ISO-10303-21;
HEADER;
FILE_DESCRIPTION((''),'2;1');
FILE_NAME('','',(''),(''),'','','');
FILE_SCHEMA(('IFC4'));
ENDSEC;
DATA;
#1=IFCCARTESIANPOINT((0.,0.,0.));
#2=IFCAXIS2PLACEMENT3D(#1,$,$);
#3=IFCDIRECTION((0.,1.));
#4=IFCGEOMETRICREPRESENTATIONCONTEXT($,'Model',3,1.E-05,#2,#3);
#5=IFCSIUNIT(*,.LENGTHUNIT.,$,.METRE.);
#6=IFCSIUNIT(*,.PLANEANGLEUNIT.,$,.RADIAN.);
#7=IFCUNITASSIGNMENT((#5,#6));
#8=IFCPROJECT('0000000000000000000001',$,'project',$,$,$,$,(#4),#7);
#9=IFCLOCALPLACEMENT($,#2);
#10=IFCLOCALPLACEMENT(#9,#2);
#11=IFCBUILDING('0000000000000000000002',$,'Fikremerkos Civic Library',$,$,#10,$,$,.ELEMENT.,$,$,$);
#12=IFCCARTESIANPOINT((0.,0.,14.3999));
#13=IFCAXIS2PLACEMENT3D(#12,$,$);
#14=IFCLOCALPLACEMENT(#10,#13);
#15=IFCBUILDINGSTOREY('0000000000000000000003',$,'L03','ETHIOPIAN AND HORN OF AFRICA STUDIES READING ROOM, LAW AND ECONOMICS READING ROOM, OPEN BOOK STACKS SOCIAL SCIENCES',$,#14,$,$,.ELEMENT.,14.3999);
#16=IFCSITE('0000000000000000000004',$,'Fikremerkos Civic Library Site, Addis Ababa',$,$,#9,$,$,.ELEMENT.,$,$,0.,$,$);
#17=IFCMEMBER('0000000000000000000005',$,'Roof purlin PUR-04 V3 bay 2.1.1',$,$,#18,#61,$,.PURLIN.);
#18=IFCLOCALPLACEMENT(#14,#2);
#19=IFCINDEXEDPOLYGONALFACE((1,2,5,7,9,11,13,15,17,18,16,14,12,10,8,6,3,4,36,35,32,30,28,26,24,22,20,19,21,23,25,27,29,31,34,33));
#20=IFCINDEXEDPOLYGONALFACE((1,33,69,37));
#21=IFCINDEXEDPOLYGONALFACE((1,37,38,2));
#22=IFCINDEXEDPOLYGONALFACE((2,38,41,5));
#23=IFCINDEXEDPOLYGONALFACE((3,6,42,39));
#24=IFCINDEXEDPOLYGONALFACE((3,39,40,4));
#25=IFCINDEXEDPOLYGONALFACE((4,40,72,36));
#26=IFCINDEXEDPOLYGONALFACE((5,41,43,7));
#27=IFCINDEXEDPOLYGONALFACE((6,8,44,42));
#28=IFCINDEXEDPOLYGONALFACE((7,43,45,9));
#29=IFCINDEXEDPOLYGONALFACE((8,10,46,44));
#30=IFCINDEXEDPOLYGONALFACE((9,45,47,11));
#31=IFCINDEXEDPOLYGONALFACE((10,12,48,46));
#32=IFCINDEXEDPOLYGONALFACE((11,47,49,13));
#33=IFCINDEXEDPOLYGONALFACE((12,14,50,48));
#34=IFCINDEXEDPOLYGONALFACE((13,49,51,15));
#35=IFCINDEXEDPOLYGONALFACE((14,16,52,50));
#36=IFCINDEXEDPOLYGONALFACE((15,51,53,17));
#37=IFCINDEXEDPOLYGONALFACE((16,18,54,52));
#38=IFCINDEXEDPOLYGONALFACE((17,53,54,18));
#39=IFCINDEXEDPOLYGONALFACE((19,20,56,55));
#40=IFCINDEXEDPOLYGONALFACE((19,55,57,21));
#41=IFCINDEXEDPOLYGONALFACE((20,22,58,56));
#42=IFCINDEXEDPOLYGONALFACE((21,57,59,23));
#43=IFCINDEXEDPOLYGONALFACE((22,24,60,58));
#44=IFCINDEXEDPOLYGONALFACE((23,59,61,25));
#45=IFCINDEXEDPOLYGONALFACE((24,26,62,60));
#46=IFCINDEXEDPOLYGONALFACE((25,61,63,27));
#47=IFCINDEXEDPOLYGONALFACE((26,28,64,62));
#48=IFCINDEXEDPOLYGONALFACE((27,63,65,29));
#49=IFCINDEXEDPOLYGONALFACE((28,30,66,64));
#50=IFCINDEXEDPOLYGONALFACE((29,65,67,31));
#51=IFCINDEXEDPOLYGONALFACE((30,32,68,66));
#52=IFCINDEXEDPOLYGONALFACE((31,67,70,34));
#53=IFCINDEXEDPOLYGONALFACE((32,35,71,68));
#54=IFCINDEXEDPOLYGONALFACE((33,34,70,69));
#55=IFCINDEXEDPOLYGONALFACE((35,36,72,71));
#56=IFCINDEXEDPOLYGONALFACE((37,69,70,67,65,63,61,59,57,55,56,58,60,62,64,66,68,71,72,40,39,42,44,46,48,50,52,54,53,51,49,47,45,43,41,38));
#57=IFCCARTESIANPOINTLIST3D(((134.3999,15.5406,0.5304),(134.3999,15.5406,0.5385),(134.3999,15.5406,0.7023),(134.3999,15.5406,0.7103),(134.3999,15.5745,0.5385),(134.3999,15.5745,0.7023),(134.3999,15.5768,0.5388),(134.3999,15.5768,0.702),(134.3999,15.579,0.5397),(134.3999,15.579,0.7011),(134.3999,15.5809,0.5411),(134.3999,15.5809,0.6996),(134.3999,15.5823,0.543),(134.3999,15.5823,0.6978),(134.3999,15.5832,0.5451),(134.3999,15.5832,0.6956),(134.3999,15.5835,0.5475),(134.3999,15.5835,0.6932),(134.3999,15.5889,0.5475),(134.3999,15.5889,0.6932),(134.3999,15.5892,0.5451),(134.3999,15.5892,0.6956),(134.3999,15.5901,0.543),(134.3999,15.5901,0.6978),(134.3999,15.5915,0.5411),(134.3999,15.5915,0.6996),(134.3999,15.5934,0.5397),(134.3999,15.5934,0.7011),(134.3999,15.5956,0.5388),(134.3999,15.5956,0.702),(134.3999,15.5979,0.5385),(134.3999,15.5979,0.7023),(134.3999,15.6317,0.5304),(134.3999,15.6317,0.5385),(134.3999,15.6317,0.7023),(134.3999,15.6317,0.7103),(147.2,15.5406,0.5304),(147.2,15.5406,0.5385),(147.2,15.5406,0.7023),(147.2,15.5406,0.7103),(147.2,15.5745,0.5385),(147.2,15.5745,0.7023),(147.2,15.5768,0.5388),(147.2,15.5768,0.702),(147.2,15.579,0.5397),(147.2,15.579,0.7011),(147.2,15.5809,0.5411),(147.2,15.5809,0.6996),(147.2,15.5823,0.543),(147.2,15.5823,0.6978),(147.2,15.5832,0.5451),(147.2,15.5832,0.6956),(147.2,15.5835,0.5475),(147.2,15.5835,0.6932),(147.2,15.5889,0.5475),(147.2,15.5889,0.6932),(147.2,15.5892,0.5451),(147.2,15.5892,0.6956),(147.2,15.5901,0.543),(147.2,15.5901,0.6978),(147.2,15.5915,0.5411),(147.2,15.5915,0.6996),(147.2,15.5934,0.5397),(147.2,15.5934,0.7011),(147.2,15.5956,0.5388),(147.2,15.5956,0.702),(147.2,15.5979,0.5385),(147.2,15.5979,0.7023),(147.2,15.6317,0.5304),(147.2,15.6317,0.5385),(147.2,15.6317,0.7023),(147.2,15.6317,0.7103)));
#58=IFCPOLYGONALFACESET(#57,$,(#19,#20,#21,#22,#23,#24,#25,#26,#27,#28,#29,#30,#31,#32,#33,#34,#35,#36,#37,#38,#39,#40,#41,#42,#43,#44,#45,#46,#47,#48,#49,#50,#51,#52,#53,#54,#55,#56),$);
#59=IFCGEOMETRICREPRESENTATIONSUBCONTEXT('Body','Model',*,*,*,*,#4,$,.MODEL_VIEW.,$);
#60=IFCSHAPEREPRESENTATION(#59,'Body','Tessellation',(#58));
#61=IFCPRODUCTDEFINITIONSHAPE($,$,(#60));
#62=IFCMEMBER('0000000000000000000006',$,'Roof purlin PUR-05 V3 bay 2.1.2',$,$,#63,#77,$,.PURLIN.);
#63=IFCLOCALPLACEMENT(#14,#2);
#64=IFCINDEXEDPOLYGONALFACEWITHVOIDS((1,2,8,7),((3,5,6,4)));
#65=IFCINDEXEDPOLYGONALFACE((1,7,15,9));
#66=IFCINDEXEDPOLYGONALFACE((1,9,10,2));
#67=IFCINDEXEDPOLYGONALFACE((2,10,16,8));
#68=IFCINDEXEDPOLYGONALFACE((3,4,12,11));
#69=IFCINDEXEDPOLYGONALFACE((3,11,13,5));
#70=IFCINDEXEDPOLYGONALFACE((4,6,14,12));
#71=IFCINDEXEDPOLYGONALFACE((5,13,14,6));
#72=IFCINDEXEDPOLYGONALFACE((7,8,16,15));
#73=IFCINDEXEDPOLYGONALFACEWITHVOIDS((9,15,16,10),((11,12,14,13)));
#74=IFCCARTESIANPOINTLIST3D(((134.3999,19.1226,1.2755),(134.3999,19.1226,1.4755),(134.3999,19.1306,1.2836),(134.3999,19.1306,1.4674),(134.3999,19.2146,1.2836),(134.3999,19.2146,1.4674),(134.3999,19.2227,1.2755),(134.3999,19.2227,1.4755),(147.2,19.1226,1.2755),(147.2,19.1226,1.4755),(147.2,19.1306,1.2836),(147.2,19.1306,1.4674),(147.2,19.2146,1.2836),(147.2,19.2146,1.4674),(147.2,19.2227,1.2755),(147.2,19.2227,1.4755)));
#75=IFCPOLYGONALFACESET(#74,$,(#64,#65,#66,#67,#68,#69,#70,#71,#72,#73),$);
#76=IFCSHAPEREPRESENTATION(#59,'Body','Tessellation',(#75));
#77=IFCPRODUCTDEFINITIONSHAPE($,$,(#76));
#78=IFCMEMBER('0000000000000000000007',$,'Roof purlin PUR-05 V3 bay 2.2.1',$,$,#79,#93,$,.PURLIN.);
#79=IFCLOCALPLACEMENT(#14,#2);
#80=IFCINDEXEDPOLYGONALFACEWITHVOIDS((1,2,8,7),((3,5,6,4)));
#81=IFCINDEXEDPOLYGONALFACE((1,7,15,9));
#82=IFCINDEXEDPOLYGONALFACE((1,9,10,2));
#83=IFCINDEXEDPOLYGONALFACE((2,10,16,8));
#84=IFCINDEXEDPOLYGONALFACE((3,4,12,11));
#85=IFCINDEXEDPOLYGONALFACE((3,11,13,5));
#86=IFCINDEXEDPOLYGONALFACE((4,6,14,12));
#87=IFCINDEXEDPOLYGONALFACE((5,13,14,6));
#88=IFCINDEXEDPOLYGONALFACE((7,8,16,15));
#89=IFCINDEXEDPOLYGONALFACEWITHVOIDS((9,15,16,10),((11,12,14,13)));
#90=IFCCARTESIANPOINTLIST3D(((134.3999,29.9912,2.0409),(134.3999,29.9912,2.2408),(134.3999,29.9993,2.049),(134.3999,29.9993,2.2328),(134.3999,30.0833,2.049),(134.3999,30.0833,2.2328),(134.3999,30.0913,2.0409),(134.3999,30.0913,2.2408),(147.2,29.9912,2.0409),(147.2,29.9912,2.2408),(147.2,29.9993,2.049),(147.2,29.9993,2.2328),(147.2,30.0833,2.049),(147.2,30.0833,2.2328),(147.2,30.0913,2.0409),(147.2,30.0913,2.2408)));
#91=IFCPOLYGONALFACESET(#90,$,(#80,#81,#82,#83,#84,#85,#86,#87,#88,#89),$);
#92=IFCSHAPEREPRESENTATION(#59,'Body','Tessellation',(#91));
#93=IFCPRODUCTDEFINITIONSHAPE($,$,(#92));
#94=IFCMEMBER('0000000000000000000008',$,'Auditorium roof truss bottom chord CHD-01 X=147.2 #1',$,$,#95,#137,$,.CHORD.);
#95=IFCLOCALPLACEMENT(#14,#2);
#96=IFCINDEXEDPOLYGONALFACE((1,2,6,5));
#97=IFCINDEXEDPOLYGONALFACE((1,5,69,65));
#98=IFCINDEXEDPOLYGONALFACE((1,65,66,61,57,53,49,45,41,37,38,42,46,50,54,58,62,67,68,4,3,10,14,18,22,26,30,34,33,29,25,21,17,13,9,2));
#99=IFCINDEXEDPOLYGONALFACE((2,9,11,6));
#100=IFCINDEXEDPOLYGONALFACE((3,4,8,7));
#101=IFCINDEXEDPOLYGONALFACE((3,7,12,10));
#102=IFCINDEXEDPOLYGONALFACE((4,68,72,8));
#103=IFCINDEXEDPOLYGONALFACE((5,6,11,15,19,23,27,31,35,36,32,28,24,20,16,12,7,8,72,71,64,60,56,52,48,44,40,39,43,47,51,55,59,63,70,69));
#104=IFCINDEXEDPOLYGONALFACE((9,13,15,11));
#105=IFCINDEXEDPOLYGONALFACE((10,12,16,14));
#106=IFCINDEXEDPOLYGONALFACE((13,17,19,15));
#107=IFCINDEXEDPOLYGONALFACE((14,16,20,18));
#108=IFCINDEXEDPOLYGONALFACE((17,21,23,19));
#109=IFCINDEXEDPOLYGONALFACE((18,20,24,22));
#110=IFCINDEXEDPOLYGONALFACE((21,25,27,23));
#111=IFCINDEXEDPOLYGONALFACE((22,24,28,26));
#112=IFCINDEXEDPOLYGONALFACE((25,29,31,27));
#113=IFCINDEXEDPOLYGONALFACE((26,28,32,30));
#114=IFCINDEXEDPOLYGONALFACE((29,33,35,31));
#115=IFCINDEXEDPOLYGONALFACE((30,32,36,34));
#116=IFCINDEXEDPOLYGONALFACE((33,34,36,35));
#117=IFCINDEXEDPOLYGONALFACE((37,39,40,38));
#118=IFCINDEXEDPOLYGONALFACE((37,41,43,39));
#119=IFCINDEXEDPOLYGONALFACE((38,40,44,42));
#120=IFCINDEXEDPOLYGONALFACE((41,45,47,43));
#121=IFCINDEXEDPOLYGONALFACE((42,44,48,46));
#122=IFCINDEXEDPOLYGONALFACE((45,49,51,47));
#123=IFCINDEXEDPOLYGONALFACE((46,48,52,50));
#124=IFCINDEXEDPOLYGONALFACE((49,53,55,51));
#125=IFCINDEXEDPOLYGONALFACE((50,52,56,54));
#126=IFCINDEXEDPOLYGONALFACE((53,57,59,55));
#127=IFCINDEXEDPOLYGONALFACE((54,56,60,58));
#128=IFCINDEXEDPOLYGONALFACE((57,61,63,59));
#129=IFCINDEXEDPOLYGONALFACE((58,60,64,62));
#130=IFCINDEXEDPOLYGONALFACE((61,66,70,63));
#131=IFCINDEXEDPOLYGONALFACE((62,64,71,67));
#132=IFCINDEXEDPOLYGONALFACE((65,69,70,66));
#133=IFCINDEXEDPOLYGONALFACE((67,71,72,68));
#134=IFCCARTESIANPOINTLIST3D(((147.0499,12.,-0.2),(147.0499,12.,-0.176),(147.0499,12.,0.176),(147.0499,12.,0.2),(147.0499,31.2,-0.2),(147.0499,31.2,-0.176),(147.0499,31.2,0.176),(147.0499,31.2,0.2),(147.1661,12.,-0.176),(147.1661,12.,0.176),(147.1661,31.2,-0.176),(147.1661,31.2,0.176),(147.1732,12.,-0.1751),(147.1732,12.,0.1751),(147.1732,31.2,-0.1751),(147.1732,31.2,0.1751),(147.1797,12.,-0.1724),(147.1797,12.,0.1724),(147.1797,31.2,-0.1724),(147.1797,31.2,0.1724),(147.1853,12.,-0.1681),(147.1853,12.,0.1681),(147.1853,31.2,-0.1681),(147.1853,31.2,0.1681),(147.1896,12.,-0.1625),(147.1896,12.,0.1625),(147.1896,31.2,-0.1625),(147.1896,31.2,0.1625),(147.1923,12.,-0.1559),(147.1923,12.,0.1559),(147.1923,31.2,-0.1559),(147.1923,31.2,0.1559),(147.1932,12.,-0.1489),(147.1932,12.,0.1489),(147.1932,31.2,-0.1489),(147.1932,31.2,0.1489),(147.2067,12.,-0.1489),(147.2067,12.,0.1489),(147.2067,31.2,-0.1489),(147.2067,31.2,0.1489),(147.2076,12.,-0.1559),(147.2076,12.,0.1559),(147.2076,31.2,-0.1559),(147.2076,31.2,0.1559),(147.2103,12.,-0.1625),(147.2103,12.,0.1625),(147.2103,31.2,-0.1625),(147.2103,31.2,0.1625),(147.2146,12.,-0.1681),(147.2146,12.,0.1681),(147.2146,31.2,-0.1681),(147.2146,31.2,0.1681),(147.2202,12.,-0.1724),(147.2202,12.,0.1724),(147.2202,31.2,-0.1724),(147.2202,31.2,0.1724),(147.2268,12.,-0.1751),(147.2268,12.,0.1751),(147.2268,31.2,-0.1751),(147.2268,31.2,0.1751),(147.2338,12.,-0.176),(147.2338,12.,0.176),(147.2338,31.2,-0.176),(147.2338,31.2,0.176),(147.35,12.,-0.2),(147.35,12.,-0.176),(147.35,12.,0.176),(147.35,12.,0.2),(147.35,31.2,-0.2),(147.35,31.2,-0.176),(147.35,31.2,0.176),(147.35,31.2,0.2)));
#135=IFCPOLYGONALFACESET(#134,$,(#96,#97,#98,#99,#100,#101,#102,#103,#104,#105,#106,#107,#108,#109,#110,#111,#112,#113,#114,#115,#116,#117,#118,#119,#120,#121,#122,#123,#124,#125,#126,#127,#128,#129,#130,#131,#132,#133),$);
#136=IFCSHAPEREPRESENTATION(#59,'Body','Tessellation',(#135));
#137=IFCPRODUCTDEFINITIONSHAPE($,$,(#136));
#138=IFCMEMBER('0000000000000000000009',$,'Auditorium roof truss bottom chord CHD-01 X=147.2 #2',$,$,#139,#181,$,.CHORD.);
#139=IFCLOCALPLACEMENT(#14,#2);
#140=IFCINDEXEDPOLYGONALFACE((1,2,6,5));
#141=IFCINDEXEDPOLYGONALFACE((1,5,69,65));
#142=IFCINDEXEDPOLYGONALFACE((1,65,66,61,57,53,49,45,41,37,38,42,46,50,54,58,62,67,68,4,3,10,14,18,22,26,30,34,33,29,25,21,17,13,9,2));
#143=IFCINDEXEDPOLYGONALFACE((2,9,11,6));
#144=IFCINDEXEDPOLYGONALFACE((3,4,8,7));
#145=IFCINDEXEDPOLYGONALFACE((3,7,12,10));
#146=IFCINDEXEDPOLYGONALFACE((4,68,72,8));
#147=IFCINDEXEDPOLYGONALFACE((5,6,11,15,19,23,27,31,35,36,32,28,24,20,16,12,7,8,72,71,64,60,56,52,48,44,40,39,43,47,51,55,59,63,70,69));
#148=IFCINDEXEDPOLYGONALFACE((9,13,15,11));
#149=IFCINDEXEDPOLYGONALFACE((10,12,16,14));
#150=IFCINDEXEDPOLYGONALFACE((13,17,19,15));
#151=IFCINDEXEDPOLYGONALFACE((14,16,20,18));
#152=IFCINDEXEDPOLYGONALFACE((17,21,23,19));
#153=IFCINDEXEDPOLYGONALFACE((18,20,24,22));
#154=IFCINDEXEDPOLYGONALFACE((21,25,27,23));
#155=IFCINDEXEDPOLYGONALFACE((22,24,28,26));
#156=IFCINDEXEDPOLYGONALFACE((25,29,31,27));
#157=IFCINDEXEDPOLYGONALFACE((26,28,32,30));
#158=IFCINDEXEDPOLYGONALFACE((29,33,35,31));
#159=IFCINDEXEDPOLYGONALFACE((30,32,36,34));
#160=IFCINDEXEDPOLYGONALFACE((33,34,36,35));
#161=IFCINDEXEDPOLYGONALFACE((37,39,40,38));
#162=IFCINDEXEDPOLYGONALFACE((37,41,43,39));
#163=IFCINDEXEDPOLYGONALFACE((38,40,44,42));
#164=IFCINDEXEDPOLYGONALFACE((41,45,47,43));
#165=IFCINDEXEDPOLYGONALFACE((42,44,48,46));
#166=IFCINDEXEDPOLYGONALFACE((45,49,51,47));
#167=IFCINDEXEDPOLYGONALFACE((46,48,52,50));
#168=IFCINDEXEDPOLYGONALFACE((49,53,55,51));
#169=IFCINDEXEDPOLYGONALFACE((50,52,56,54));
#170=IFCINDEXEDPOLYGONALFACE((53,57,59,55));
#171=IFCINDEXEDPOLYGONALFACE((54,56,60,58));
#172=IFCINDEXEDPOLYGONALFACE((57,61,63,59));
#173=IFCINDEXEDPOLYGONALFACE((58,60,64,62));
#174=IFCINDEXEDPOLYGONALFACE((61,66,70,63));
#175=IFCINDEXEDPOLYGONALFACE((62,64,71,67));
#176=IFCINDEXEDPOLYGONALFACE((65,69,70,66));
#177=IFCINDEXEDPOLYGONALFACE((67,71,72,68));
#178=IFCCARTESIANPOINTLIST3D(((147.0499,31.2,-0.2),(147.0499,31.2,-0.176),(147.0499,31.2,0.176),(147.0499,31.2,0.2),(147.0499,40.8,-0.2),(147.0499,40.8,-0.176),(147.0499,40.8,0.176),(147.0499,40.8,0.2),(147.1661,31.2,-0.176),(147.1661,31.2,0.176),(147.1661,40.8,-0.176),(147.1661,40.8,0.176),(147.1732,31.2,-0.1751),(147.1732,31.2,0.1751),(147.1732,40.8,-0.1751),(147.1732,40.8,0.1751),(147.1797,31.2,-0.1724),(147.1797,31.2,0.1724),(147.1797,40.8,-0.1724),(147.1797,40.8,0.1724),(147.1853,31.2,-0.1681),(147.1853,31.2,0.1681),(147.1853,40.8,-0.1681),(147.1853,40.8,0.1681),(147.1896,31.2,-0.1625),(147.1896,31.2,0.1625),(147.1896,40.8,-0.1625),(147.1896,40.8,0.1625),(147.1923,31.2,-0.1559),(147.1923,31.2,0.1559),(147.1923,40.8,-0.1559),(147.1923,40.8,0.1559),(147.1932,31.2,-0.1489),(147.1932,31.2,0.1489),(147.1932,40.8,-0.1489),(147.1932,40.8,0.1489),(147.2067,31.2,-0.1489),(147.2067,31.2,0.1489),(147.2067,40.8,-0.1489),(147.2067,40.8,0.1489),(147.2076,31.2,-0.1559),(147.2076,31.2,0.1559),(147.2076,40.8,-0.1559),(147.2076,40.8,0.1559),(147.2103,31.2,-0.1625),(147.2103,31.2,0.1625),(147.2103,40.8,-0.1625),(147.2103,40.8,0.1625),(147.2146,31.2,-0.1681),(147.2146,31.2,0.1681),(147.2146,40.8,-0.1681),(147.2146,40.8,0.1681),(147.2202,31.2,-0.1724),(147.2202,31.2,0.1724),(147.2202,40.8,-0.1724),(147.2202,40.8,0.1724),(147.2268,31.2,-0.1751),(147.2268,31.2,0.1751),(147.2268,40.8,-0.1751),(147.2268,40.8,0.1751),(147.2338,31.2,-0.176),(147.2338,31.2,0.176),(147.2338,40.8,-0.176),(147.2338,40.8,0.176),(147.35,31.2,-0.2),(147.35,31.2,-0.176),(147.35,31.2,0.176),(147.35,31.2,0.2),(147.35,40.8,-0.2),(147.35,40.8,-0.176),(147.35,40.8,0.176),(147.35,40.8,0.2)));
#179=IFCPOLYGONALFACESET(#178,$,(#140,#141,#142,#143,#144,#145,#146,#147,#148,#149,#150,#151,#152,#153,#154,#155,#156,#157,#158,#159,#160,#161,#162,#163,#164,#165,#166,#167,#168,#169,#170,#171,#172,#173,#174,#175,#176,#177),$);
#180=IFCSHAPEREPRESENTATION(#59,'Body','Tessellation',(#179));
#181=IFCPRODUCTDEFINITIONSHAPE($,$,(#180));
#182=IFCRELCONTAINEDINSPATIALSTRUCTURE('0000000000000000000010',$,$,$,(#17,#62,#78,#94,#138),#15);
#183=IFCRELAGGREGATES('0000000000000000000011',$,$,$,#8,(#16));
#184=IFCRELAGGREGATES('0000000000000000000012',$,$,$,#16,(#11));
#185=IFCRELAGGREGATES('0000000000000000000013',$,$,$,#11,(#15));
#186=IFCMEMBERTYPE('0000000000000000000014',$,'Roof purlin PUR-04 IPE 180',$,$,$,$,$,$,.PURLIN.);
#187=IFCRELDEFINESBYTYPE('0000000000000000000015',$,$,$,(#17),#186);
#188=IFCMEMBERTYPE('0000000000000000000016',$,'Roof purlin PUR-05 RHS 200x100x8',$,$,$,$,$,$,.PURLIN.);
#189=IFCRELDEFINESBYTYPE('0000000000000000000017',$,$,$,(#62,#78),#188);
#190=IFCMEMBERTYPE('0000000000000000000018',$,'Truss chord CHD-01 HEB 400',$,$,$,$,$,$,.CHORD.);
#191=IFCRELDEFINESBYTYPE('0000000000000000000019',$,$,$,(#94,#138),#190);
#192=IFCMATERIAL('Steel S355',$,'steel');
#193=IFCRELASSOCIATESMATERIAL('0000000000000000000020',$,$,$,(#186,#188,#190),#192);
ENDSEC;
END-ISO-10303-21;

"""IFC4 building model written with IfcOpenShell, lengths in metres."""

from ifc_helpers import new_model, si_unit, direction, frame, origin, origin_2d, place, context, subcontext, project, spatial, hollow_rectangle, i_section, extrude, material, material_profile, profile_set, type_object, element, save


model = new_model("IFC4")

# Units and contexts
model_context = context("Model", 3, precision=1e-05, world=origin(), true_north=direction((0.0, 1.0)))
body_context = subcontext(model_context, "Body", "Model", "MODEL_VIEW")
ifc_project = project(units=[si_unit("LENGTHUNIT", "METRE"), si_unit("PLANEANGLEUNIT", "RADIAN")], contexts=[model_context])

# Site, building, storey
site_placement = place(None, origin())
site = spatial("IfcSite", under=ifc_project, at=site_placement, Name="Fikremerkos Civic Library Site, Addis Ababa", CompositionType="ELEMENT", RefElevation=0.0)
building_placement = place(site_placement, origin())
building = spatial("IfcBuilding", under=site, at=building_placement, Name="Fikremerkos Civic Library", CompositionType="ELEMENT")
storey_placement = place(building_placement, frame((0.0, 0.0, 14.3999)))
storey = spatial("IfcBuildingStorey", under=building, at=storey_placement, Name="L03", Description="ETHIOPIAN AND HORN OF AFRICA STUDIES READING ROOM, LAW AND ECONOMICS READING ROOM, OPEN BOOK STACKS SOCIAL SCIENCES", CompositionType="ELEMENT", Elevation=14.3999)

# Members
ifc_material_1 = material(Name="Steel S355", Category="steel")
ifc_material_profile_1 = material_profile(ifc_material_1, i_section(OverallWidth=0.0911, OverallDepth=0.1799, WebThickness=0.0054, FlangeThickness=0.0081, FilletRadius=0.009, at=origin_2d()), Name="IPE 180")
ifc_profile_set_1 = profile_set([ifc_material_profile_1], Name="Steel S355")
member_type_1 = type_object("IfcMemberType", Name="Roof purlin PUR-04 IPE 180", PredefinedType="PURLIN", material=ifc_profile_set_1)
member_1_placement = place(storey_placement, frame((134.3999, 15.5862, 0.6204), z_axis=(1.0, 0.0, 0.0), x_axis=(0.0, 1.0, 0.0)))
element("IfcMember", 1, at=member_1_placement, inside=storey, type_object=member_type_1, Name="Roof purlin PUR-04 V3 bay 2.1.1", PredefinedType="PURLIN", context=body_context, shape_type="SweptSolid", body=[
    extrude(i_section(OverallWidth=0.0911, OverallDepth=0.1799, WebThickness=0.0054, FlangeThickness=0.0081, FilletRadius=0.009, at=origin_2d()), origin(), (0.0, 0.0, 1.0), 12.8),
])
ifc_material_profile_2 = material_profile(ifc_material_1, hollow_rectangle(XDim=0.1001, YDim=0.2, WallThickness=0.0081, at=origin_2d()), Name="RHS 200x100x8")
ifc_profile_set_2 = profile_set([ifc_material_profile_2], Name="Steel S355")
member_type_2 = type_object("IfcMemberType", Name="Roof purlin PUR-05 RHS 200x100x8", PredefinedType="PURLIN", material=ifc_profile_set_2)
for number, where, z_axis, x_axis, name in (
    (2, (134.3999, 19.1726, 1.3755), (1.0, 0.0, 0.0), (0.0, 1.0, 0.0), "Roof purlin PUR-05 V3 bay 2.1.2"),
    (3, (134.3999, 30.0413, 2.1409), (1.0, 0.0, 0.0), (0.0, 1.0, 0.0), "Roof purlin PUR-05 V3 bay 2.2.1"),
):
    element("IfcMember", number, at=place(storey_placement, frame(where, z_axis=z_axis, x_axis=x_axis)), inside=storey, type_object=member_type_2, Name=name, PredefinedType="PURLIN", context=body_context, shape_type="SweptSolid", body=[
        extrude(hollow_rectangle(XDim=0.1001, YDim=0.2, WallThickness=0.0081, at=origin_2d()), origin(), (0.0, 0.0, 1.0), 12.8),
    ])
ifc_material_profile_3 = material_profile(ifc_material_1, i_section(OverallWidth=0.3, OverallDepth=0.3999, WebThickness=0.0134, FlangeThickness=0.0239, FilletRadius=0.0271, at=origin_2d()), Name="HEB 400")
ifc_profile_set_3 = profile_set([ifc_material_profile_3], Name="Steel S355")
member_type_3 = type_object("IfcMemberType", Name="Truss chord CHD-01 HEB 400", PredefinedType="CHORD", material=ifc_profile_set_3)
member_2_placement = place(storey_placement, frame((147.2, 12.0, 0.0), z_axis=(0.0, 1.0, 0.0), x_axis=(-1.0, 0.0, 0.0)))
element("IfcMember", 4, at=member_2_placement, inside=storey, type_object=member_type_3, Name="Auditorium roof truss bottom chord CHD-01 X=147.2 #1", PredefinedType="CHORD", context=body_context, shape_type="SweptSolid", body=[
    extrude(i_section(OverallWidth=0.3, OverallDepth=0.3999, WebThickness=0.0134, FlangeThickness=0.0239, FilletRadius=0.0271, at=origin_2d()), origin(), (0.0, 0.0, 1.0), 19.2),
])
member_3_placement = place(storey_placement, frame((147.2, 31.2, 0.0), z_axis=(0.0, 1.0, 0.0), x_axis=(-1.0, 0.0, 0.0)))
element("IfcMember", 5, at=member_3_placement, inside=storey, type_object=member_type_3, Name="Auditorium roof truss bottom chord CHD-01 X=147.2 #2", PredefinedType="CHORD", context=body_context, shape_type="SweptSolid", body=[
    extrude(i_section(OverallWidth=0.3, OverallDepth=0.3999, WebThickness=0.0134, FlangeThickness=0.0239, FilletRadius=0.0271, at=origin_2d()), origin(), (0.0, 0.0, 1.0), 9.6001),
])

save(model, "model.ifc")
